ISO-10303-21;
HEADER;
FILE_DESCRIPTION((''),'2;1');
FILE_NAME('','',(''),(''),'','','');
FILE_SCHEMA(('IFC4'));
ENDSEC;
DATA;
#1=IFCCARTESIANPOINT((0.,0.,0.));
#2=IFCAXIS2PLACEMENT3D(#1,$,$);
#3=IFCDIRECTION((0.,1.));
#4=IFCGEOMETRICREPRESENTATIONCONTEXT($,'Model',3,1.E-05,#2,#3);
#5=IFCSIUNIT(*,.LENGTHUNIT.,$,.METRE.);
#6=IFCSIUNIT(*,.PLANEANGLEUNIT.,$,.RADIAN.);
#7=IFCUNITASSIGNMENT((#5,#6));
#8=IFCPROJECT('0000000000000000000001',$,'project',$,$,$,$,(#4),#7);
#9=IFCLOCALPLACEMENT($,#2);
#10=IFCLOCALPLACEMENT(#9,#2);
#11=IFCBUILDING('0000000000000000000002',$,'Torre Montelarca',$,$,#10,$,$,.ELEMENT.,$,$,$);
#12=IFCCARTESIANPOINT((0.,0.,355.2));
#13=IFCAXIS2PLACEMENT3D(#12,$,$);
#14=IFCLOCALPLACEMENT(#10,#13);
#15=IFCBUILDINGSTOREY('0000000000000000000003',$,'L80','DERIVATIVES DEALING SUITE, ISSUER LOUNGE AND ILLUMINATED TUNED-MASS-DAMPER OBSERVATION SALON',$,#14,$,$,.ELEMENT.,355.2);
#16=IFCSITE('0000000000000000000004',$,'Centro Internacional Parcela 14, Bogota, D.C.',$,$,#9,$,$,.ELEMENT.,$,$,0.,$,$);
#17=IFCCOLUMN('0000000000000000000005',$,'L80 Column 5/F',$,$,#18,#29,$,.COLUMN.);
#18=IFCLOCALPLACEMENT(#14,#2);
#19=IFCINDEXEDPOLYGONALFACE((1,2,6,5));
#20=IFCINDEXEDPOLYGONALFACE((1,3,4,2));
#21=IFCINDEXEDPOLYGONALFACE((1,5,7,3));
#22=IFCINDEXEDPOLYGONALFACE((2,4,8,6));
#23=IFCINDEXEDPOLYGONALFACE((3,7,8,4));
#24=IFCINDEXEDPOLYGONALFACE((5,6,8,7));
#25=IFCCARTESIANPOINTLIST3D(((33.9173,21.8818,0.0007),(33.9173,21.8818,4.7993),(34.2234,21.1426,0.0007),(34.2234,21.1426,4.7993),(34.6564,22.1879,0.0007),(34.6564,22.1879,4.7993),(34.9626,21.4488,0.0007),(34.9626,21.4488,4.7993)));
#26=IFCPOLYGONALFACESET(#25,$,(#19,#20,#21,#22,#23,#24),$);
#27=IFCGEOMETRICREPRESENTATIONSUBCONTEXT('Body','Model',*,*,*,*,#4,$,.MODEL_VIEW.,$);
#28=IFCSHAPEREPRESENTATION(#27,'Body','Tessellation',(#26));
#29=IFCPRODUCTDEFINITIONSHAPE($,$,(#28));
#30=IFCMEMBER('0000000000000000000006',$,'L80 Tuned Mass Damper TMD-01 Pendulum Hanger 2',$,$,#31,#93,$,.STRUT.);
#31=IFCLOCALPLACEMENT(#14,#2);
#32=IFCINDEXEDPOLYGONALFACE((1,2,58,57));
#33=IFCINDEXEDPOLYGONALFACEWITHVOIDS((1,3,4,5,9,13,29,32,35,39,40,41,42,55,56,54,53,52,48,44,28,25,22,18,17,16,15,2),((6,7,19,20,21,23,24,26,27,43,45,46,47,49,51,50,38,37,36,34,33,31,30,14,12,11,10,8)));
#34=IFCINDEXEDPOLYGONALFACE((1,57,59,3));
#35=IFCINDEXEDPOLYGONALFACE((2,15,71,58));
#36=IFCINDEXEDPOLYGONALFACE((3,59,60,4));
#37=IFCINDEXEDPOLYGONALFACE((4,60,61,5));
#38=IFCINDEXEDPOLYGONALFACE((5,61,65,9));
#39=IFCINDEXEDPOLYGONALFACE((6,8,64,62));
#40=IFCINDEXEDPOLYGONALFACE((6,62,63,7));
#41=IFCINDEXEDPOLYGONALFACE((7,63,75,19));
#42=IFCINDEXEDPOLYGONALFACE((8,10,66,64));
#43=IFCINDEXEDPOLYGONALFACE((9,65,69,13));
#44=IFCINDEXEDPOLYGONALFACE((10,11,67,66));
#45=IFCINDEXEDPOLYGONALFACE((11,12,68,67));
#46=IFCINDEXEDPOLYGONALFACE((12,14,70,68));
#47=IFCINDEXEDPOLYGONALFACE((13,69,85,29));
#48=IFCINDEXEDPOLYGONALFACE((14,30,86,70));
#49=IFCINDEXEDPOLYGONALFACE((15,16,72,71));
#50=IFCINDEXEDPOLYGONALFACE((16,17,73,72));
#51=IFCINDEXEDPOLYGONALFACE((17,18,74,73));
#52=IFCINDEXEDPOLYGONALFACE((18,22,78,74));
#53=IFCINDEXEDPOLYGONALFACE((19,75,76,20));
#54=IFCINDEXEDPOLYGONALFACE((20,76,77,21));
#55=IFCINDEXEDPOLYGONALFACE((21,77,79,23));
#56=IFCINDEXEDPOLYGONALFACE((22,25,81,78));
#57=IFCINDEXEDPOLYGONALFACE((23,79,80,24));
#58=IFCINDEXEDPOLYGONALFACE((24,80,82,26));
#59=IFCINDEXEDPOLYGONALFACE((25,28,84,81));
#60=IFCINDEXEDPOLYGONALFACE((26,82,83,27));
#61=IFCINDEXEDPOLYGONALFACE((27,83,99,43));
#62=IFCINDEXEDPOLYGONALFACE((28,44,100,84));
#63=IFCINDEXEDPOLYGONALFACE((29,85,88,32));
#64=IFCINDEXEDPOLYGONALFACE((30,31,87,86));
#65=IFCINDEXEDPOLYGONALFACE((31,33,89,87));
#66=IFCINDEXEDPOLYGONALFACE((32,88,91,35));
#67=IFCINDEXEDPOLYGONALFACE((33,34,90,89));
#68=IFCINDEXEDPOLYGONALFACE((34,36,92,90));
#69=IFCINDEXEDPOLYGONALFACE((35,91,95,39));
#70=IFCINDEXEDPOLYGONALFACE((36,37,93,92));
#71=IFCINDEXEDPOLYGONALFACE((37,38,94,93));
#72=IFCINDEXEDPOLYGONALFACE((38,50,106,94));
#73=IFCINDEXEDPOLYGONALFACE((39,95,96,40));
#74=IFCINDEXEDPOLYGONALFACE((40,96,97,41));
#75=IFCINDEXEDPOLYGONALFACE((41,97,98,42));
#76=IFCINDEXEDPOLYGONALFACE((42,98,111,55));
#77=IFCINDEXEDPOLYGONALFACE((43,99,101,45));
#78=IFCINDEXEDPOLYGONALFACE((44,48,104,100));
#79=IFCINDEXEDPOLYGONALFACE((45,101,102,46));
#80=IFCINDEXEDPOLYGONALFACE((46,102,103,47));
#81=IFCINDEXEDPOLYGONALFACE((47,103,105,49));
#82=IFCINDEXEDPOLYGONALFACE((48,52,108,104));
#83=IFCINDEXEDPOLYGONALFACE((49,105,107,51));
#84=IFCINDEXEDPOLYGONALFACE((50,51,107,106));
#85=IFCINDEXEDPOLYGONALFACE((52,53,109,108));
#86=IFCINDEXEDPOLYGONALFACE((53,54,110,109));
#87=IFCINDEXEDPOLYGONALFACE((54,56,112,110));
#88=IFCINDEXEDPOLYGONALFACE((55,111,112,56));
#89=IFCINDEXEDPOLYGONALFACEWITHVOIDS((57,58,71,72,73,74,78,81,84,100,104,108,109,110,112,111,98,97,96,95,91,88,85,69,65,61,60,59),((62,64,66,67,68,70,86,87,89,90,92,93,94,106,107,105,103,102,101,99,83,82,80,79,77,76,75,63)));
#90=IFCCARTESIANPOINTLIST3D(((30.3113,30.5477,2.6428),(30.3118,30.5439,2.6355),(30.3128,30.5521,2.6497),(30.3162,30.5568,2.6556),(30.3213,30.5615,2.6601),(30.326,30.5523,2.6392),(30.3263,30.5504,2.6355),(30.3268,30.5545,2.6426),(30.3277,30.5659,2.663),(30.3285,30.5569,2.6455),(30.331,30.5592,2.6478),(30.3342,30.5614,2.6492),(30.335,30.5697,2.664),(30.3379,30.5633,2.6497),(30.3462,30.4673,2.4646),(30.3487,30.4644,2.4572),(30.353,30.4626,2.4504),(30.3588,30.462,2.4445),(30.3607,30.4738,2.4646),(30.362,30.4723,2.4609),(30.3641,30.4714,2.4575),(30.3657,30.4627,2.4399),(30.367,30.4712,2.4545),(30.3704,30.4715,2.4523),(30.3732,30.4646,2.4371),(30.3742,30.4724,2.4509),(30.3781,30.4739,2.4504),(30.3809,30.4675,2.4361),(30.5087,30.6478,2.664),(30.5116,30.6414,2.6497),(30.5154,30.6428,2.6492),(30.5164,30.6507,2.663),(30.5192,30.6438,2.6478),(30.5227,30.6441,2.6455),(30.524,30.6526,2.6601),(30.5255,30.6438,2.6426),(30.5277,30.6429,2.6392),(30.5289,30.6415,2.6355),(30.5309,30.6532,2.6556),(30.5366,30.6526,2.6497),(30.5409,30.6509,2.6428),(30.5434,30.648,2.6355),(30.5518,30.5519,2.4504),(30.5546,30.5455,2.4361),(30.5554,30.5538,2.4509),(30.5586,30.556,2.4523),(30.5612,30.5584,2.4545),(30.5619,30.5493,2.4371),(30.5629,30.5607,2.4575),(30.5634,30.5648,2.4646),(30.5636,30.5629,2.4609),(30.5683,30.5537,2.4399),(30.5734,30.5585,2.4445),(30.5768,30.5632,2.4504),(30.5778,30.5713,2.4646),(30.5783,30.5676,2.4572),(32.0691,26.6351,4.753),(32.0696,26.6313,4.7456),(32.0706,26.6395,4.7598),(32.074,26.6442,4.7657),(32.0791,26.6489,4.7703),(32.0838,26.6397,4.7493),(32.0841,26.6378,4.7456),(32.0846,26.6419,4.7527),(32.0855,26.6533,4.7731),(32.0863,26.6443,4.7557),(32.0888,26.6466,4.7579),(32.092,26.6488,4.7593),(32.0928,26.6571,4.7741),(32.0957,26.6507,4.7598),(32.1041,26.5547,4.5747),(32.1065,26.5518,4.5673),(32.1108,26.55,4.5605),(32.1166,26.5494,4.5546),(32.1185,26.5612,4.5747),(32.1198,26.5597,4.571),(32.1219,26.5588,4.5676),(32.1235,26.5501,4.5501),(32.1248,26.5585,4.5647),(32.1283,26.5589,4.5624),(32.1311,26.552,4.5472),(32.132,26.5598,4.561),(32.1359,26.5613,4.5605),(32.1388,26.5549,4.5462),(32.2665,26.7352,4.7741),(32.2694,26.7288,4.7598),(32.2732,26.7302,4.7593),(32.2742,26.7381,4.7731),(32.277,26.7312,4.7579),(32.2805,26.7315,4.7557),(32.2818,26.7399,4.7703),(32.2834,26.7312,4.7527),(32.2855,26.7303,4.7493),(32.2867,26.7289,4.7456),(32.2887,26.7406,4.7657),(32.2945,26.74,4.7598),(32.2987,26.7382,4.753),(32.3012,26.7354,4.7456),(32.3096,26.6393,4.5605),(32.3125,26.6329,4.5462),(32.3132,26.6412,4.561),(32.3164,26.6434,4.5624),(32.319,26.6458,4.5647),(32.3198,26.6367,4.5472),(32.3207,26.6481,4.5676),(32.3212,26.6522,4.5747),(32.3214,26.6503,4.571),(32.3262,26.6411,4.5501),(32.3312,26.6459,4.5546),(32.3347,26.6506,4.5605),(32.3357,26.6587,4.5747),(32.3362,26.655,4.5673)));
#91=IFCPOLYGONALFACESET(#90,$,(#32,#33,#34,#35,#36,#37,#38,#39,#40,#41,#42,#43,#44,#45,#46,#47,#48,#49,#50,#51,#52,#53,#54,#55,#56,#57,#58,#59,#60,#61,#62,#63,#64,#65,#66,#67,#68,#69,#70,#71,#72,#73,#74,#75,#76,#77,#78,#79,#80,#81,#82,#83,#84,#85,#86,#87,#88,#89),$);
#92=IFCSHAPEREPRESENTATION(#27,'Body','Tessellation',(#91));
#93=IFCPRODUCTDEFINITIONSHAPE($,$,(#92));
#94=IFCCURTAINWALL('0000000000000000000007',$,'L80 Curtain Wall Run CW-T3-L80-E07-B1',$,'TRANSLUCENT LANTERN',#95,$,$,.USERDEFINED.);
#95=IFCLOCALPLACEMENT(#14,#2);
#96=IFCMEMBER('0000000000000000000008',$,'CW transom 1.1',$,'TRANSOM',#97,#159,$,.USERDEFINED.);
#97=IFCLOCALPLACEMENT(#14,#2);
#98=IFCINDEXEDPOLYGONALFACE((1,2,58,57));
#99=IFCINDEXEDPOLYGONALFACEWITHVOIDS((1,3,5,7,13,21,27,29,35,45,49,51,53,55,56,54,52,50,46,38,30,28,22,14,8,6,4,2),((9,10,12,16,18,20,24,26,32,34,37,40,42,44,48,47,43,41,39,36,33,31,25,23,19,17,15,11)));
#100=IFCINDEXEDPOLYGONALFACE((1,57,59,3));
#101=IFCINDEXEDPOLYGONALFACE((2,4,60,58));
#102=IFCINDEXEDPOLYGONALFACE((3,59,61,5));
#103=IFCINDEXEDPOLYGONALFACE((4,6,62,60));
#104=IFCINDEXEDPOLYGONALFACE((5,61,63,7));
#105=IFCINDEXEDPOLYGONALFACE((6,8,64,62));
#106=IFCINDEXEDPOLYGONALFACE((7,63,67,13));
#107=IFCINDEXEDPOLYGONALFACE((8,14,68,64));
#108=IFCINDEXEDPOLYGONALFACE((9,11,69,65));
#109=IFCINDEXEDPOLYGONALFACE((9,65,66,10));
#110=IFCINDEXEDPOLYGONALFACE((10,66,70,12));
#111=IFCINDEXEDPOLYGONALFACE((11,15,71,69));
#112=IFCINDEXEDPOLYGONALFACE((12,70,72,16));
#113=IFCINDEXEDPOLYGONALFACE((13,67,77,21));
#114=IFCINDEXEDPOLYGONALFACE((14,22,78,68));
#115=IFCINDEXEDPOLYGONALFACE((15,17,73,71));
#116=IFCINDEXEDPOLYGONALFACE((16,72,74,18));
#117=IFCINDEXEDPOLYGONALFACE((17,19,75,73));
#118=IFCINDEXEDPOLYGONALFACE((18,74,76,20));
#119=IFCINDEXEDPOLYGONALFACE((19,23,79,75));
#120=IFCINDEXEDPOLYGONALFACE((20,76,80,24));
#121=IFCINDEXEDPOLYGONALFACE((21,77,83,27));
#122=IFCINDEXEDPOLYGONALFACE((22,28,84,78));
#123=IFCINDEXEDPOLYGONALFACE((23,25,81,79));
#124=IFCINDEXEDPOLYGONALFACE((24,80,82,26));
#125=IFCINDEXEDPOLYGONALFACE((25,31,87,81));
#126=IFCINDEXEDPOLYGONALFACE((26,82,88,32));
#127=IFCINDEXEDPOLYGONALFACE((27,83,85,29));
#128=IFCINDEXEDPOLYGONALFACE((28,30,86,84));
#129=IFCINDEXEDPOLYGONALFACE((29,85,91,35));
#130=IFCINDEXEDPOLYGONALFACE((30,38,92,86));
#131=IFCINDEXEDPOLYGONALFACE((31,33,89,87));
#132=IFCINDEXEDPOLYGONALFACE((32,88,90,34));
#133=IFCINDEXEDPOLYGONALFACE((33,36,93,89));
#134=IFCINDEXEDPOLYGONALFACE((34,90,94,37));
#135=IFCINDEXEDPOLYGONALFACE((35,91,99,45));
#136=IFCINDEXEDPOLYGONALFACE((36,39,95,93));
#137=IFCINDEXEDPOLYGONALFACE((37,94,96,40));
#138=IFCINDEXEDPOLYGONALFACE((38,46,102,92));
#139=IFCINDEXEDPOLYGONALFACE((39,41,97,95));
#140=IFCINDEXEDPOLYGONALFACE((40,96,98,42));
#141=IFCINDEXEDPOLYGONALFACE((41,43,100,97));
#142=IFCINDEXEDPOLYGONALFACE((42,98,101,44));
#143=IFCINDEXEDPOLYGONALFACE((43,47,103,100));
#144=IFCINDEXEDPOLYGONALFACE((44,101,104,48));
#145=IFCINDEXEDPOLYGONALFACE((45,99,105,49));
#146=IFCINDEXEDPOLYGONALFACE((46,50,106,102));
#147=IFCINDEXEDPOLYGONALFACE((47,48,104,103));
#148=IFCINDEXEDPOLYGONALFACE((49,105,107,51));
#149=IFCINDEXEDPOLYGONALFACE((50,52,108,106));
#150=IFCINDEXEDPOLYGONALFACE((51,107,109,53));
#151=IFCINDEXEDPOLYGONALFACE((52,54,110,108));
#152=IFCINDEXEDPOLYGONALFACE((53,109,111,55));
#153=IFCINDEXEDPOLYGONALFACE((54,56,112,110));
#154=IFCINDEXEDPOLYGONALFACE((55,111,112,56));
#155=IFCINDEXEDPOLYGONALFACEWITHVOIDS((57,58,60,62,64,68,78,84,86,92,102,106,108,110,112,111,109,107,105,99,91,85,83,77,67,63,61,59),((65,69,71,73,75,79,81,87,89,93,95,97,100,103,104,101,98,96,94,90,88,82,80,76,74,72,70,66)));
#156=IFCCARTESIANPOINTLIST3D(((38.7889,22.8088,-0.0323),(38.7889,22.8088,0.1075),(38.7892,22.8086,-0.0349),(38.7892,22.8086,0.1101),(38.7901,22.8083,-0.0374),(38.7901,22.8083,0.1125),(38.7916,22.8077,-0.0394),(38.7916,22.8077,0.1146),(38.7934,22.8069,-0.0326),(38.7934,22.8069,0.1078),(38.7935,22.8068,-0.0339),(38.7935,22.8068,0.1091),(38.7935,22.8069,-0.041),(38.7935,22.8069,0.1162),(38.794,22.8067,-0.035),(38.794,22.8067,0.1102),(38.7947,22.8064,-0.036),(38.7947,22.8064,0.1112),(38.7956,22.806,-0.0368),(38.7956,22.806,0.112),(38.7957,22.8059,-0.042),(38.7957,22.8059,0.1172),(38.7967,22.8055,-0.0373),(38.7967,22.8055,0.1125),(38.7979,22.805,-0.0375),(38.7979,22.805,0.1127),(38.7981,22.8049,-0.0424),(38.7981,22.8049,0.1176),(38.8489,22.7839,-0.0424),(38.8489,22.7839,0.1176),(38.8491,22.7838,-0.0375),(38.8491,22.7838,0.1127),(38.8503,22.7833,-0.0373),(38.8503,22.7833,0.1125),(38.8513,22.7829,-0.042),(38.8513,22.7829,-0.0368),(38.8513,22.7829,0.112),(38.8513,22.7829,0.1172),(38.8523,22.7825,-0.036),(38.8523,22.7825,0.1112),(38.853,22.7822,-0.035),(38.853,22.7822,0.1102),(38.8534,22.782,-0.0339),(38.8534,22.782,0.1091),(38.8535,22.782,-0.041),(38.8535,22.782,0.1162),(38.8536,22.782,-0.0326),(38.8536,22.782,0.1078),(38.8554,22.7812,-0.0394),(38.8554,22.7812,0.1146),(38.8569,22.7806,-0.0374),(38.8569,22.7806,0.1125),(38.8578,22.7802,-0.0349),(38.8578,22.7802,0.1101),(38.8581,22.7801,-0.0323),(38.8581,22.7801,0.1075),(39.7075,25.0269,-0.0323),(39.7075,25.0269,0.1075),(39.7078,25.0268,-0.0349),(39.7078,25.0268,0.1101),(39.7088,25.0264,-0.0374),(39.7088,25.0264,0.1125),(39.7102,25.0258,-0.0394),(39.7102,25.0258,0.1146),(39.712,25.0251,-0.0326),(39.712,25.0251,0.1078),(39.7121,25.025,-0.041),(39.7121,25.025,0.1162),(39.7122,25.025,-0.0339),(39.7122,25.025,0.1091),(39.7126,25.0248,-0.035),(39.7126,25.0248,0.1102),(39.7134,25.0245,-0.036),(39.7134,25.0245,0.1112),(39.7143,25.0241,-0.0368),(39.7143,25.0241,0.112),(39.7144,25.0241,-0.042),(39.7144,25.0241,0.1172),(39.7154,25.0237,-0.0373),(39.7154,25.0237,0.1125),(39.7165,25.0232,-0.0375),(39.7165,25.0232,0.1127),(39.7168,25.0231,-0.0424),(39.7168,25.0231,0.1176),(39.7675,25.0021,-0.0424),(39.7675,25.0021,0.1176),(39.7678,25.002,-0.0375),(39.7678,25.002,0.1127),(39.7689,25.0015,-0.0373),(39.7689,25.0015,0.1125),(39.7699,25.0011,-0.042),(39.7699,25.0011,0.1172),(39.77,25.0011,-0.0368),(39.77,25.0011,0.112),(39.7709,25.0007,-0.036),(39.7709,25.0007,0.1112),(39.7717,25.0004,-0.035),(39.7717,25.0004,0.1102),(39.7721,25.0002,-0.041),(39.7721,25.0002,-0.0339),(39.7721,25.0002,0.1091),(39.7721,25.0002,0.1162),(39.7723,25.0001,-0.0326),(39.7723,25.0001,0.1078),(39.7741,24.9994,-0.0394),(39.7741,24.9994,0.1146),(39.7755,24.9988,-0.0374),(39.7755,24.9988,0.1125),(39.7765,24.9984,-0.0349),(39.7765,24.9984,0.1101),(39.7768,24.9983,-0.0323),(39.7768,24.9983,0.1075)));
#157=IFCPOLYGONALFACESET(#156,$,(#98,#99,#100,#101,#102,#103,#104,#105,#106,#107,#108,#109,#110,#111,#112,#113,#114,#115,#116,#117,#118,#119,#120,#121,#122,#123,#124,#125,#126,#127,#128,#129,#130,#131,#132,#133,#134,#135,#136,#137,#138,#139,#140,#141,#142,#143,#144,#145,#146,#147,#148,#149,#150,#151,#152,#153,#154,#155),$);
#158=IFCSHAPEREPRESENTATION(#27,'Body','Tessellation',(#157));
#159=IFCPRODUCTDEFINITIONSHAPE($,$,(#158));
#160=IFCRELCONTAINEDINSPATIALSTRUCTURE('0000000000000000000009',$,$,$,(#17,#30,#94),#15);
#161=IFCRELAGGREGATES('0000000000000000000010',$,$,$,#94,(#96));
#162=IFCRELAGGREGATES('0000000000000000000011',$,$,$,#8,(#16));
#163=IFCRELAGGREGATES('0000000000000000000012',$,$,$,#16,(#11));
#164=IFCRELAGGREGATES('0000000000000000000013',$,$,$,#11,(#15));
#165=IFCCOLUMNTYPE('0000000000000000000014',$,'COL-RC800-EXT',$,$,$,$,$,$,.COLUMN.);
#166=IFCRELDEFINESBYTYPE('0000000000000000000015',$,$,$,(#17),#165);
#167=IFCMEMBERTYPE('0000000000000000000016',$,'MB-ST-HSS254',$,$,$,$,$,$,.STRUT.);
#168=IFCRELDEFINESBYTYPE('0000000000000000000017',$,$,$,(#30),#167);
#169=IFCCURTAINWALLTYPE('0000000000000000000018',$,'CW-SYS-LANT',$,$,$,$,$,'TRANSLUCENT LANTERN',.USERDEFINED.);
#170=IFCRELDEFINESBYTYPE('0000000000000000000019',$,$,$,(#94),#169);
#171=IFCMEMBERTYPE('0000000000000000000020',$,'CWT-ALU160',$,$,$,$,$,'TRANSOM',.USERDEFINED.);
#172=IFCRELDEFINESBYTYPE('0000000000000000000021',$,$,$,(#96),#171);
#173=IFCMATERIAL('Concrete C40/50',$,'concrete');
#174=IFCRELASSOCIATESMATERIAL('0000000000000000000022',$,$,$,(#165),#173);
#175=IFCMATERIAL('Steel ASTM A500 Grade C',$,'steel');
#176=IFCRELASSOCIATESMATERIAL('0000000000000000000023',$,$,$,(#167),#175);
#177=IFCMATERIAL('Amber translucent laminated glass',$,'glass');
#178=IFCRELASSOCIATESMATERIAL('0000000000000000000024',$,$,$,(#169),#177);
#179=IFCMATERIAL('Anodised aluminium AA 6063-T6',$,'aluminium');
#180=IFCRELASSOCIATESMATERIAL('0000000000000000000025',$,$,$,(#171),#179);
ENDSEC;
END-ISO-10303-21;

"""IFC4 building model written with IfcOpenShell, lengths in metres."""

from ifc_helpers import new_model, si_unit, direction, frame, origin, origin_2d, place, context, subcontext, project, spatial, rectangle, hollow_rectangle, extrude, source, transform, mapped, material, material_profile, profile_set, type_object, element, aggregate, save


model = new_model("IFC4")

# Units and contexts
model_context = context("Model", 3, precision=1e-05, world=origin(), true_north=direction((0.0, 1.0)))
body_context = subcontext(model_context, "Body", "Model", "MODEL_VIEW")
ifc_project = project(units=[si_unit("LENGTHUNIT", "METRE"), si_unit("PLANEANGLEUNIT", "RADIAN")], contexts=[model_context])

# Site, building, storey
site_placement = place(None, origin())
site = spatial("IfcSite", under=ifc_project, at=site_placement, Name="Centro Internacional Parcela 14, Bogota, D.C.", CompositionType="ELEMENT", RefElevation=0.0)
building_placement = place(site_placement, origin())
building = spatial("IfcBuilding", under=site, at=building_placement, Name="Torre Montelarca", CompositionType="ELEMENT")
storey_placement = place(building_placement, frame((0.0, 0.0, 355.2)))
storey = spatial("IfcBuildingStorey", under=building, at=storey_placement, Name="L80", Description="DERIVATIVES DEALING SUITE, ISSUER LOUNGE AND ILLUMINATED TUNED-MASS-DAMPER OBSERVATION SALON", CompositionType="ELEMENT", Elevation=355.2)

# Column
ifc_material_1 = material(Name="Concrete C40/50", Category="concrete")
ifc_material_profile_1 = material_profile(ifc_material_1, rectangle(XDim=0.8, YDim=0.8, at=origin_2d()), Name="RC800X800", Category="concrete")
ifc_profile_set_1 = profile_set([ifc_material_profile_1], Name="Concrete C40/50")
column_type = type_object("IfcColumnType", Name="COL-RC800-EXT", PredefinedType="COLUMN", material=ifc_profile_set_1)
shared_shape_1 = source(origin(), body_context, "Body", "SweptSolid", [
    extrude(rectangle(XDim=0.8, YDim=0.8, at=origin_2d()), origin(), (0.0, 0.0, 1.0), 4.7986),
])
column_placement = place(storey_placement, frame((34.4399, 21.6653, 0.0007), z_axis=(0.0, 0.0, 1.0), x_axis=(-0.382683, 0.92388, 0.0)))
element("IfcColumn", 1, at=column_placement, inside=storey, type_object=column_type, Name="L80 Column 5/F", PredefinedType="COLUMN", context=body_context, shape_type="MappedRepresentation", body=[
    mapped(shared_shape_1, transform((0.0, 0.0, 0.0), scale=1.0)),
])

# Member
ifc_material_2 = material(Name="Steel ASTM A500 Grade C", Category="steel")
ifc_material_profile_2 = material_profile(ifc_material_2, hollow_rectangle(XDim=0.2539, YDim=0.2539, WallThickness=0.0159, InnerFilletRadius=0.0159, OuterFilletRadius=0.0317, at=origin_2d()), Name="HSS254X254X15.9", Category="steel")
ifc_profile_set_2 = profile_set([ifc_material_profile_2], Name="Steel ASTM A500 Grade C")
member_type_1 = type_object("IfcMemberType", Name="MB-ST-HSS254", PredefinedType="STRUT", material=ifc_profile_set_2)
shared_shape_2 = source(origin(), body_context, "Body", "SweptSolid", [
    extrude(hollow_rectangle(XDim=0.2539, YDim=0.2539, WallThickness=0.0159, InnerFilletRadius=0.0159, OuterFilletRadius=0.0317, at=origin_2d()), origin(), (0.0, 0.0, 1.0), 4.7803),
])
member_1_placement = place(storey_placement, frame((32.2026, 26.645, 4.6602), z_axis=(-0.367723, 0.818491, -0.441421), x_axis=(-0.912171, -0.409811, 0.0)))
element("IfcMember", 2, at=member_1_placement, inside=storey, type_object=member_type_1, Name="L80 Tuned Mass Damper TMD-01 Pendulum Hanger 2", PredefinedType="STRUT", context=body_context, shape_type="MappedRepresentation", body=[
    mapped(shared_shape_2, transform((0.0, 0.0, 0.0), scale=1.0)),
])

# Curtain wall, member
ifc_material_3 = material(Name="Amber translucent laminated glass", Category="glass")
curtain_wall_type = type_object("IfcCurtainWallType", Name="CW-SYS-LANT", ElementType="TRANSLUCENT LANTERN", PredefinedType="USERDEFINED", material=ifc_material_3)
curtain_wall_placement = place(storey_placement, origin())
curtain_wall = element("IfcCurtainWall", 3, at=curtain_wall_placement, inside=storey, type_object=curtain_wall_type, Name="L80 Curtain Wall Run CW-T3-L80-E07-B1", ObjectType="TRANSLUCENT LANTERN", PredefinedType="USERDEFINED")
ifc_material_4 = material(Name="Anodised aluminium AA 6063-T6", Category="aluminium")
ifc_material_profile_3 = material_profile(ifc_material_4, hollow_rectangle(XDim=0.075, YDim=0.1599, WallThickness=0.0049, InnerFilletRadius=0.0049, OuterFilletRadius=0.01, at=origin_2d()), Name="ALU75X160X5", Category="aluminium")
ifc_profile_set_3 = profile_set([ifc_material_profile_3], Name="Anodised aluminium AA 6063-T6")
member_type_2 = type_object("IfcMemberType", Name="CWT-ALU160", ElementType="TRANSOM", PredefinedType="USERDEFINED", material=ifc_profile_set_3)
shared_shape_3 = source(origin(), body_context, "Body", "SweptSolid", [
    extrude(hollow_rectangle(XDim=0.075, YDim=0.1599, WallThickness=0.0049, InnerFilletRadius=0.0049, OuterFilletRadius=0.01, at=origin_2d()), origin(), (0.0, 0.0, 1.0), 2.4009),
])
member_2_placement = place(storey_placement, frame((38.8235, 22.7944, 0.0376), z_axis=(0.382636, 0.923899, 0.0), x_axis=(-0.923899, 0.382636, 0.0)))
member_2 = element("IfcMember", 4, at=member_2_placement, type_object=member_type_2, Name="CW transom 1.1", ObjectType="TRANSOM", PredefinedType="USERDEFINED", context=body_context, shape_type="MappedRepresentation", body=[
    mapped(shared_shape_3, transform((0.0, 0.0, 0.0), scale=1.0)),
])
aggregate(curtain_wall, [member_2])

save(model, "model.ifc")
